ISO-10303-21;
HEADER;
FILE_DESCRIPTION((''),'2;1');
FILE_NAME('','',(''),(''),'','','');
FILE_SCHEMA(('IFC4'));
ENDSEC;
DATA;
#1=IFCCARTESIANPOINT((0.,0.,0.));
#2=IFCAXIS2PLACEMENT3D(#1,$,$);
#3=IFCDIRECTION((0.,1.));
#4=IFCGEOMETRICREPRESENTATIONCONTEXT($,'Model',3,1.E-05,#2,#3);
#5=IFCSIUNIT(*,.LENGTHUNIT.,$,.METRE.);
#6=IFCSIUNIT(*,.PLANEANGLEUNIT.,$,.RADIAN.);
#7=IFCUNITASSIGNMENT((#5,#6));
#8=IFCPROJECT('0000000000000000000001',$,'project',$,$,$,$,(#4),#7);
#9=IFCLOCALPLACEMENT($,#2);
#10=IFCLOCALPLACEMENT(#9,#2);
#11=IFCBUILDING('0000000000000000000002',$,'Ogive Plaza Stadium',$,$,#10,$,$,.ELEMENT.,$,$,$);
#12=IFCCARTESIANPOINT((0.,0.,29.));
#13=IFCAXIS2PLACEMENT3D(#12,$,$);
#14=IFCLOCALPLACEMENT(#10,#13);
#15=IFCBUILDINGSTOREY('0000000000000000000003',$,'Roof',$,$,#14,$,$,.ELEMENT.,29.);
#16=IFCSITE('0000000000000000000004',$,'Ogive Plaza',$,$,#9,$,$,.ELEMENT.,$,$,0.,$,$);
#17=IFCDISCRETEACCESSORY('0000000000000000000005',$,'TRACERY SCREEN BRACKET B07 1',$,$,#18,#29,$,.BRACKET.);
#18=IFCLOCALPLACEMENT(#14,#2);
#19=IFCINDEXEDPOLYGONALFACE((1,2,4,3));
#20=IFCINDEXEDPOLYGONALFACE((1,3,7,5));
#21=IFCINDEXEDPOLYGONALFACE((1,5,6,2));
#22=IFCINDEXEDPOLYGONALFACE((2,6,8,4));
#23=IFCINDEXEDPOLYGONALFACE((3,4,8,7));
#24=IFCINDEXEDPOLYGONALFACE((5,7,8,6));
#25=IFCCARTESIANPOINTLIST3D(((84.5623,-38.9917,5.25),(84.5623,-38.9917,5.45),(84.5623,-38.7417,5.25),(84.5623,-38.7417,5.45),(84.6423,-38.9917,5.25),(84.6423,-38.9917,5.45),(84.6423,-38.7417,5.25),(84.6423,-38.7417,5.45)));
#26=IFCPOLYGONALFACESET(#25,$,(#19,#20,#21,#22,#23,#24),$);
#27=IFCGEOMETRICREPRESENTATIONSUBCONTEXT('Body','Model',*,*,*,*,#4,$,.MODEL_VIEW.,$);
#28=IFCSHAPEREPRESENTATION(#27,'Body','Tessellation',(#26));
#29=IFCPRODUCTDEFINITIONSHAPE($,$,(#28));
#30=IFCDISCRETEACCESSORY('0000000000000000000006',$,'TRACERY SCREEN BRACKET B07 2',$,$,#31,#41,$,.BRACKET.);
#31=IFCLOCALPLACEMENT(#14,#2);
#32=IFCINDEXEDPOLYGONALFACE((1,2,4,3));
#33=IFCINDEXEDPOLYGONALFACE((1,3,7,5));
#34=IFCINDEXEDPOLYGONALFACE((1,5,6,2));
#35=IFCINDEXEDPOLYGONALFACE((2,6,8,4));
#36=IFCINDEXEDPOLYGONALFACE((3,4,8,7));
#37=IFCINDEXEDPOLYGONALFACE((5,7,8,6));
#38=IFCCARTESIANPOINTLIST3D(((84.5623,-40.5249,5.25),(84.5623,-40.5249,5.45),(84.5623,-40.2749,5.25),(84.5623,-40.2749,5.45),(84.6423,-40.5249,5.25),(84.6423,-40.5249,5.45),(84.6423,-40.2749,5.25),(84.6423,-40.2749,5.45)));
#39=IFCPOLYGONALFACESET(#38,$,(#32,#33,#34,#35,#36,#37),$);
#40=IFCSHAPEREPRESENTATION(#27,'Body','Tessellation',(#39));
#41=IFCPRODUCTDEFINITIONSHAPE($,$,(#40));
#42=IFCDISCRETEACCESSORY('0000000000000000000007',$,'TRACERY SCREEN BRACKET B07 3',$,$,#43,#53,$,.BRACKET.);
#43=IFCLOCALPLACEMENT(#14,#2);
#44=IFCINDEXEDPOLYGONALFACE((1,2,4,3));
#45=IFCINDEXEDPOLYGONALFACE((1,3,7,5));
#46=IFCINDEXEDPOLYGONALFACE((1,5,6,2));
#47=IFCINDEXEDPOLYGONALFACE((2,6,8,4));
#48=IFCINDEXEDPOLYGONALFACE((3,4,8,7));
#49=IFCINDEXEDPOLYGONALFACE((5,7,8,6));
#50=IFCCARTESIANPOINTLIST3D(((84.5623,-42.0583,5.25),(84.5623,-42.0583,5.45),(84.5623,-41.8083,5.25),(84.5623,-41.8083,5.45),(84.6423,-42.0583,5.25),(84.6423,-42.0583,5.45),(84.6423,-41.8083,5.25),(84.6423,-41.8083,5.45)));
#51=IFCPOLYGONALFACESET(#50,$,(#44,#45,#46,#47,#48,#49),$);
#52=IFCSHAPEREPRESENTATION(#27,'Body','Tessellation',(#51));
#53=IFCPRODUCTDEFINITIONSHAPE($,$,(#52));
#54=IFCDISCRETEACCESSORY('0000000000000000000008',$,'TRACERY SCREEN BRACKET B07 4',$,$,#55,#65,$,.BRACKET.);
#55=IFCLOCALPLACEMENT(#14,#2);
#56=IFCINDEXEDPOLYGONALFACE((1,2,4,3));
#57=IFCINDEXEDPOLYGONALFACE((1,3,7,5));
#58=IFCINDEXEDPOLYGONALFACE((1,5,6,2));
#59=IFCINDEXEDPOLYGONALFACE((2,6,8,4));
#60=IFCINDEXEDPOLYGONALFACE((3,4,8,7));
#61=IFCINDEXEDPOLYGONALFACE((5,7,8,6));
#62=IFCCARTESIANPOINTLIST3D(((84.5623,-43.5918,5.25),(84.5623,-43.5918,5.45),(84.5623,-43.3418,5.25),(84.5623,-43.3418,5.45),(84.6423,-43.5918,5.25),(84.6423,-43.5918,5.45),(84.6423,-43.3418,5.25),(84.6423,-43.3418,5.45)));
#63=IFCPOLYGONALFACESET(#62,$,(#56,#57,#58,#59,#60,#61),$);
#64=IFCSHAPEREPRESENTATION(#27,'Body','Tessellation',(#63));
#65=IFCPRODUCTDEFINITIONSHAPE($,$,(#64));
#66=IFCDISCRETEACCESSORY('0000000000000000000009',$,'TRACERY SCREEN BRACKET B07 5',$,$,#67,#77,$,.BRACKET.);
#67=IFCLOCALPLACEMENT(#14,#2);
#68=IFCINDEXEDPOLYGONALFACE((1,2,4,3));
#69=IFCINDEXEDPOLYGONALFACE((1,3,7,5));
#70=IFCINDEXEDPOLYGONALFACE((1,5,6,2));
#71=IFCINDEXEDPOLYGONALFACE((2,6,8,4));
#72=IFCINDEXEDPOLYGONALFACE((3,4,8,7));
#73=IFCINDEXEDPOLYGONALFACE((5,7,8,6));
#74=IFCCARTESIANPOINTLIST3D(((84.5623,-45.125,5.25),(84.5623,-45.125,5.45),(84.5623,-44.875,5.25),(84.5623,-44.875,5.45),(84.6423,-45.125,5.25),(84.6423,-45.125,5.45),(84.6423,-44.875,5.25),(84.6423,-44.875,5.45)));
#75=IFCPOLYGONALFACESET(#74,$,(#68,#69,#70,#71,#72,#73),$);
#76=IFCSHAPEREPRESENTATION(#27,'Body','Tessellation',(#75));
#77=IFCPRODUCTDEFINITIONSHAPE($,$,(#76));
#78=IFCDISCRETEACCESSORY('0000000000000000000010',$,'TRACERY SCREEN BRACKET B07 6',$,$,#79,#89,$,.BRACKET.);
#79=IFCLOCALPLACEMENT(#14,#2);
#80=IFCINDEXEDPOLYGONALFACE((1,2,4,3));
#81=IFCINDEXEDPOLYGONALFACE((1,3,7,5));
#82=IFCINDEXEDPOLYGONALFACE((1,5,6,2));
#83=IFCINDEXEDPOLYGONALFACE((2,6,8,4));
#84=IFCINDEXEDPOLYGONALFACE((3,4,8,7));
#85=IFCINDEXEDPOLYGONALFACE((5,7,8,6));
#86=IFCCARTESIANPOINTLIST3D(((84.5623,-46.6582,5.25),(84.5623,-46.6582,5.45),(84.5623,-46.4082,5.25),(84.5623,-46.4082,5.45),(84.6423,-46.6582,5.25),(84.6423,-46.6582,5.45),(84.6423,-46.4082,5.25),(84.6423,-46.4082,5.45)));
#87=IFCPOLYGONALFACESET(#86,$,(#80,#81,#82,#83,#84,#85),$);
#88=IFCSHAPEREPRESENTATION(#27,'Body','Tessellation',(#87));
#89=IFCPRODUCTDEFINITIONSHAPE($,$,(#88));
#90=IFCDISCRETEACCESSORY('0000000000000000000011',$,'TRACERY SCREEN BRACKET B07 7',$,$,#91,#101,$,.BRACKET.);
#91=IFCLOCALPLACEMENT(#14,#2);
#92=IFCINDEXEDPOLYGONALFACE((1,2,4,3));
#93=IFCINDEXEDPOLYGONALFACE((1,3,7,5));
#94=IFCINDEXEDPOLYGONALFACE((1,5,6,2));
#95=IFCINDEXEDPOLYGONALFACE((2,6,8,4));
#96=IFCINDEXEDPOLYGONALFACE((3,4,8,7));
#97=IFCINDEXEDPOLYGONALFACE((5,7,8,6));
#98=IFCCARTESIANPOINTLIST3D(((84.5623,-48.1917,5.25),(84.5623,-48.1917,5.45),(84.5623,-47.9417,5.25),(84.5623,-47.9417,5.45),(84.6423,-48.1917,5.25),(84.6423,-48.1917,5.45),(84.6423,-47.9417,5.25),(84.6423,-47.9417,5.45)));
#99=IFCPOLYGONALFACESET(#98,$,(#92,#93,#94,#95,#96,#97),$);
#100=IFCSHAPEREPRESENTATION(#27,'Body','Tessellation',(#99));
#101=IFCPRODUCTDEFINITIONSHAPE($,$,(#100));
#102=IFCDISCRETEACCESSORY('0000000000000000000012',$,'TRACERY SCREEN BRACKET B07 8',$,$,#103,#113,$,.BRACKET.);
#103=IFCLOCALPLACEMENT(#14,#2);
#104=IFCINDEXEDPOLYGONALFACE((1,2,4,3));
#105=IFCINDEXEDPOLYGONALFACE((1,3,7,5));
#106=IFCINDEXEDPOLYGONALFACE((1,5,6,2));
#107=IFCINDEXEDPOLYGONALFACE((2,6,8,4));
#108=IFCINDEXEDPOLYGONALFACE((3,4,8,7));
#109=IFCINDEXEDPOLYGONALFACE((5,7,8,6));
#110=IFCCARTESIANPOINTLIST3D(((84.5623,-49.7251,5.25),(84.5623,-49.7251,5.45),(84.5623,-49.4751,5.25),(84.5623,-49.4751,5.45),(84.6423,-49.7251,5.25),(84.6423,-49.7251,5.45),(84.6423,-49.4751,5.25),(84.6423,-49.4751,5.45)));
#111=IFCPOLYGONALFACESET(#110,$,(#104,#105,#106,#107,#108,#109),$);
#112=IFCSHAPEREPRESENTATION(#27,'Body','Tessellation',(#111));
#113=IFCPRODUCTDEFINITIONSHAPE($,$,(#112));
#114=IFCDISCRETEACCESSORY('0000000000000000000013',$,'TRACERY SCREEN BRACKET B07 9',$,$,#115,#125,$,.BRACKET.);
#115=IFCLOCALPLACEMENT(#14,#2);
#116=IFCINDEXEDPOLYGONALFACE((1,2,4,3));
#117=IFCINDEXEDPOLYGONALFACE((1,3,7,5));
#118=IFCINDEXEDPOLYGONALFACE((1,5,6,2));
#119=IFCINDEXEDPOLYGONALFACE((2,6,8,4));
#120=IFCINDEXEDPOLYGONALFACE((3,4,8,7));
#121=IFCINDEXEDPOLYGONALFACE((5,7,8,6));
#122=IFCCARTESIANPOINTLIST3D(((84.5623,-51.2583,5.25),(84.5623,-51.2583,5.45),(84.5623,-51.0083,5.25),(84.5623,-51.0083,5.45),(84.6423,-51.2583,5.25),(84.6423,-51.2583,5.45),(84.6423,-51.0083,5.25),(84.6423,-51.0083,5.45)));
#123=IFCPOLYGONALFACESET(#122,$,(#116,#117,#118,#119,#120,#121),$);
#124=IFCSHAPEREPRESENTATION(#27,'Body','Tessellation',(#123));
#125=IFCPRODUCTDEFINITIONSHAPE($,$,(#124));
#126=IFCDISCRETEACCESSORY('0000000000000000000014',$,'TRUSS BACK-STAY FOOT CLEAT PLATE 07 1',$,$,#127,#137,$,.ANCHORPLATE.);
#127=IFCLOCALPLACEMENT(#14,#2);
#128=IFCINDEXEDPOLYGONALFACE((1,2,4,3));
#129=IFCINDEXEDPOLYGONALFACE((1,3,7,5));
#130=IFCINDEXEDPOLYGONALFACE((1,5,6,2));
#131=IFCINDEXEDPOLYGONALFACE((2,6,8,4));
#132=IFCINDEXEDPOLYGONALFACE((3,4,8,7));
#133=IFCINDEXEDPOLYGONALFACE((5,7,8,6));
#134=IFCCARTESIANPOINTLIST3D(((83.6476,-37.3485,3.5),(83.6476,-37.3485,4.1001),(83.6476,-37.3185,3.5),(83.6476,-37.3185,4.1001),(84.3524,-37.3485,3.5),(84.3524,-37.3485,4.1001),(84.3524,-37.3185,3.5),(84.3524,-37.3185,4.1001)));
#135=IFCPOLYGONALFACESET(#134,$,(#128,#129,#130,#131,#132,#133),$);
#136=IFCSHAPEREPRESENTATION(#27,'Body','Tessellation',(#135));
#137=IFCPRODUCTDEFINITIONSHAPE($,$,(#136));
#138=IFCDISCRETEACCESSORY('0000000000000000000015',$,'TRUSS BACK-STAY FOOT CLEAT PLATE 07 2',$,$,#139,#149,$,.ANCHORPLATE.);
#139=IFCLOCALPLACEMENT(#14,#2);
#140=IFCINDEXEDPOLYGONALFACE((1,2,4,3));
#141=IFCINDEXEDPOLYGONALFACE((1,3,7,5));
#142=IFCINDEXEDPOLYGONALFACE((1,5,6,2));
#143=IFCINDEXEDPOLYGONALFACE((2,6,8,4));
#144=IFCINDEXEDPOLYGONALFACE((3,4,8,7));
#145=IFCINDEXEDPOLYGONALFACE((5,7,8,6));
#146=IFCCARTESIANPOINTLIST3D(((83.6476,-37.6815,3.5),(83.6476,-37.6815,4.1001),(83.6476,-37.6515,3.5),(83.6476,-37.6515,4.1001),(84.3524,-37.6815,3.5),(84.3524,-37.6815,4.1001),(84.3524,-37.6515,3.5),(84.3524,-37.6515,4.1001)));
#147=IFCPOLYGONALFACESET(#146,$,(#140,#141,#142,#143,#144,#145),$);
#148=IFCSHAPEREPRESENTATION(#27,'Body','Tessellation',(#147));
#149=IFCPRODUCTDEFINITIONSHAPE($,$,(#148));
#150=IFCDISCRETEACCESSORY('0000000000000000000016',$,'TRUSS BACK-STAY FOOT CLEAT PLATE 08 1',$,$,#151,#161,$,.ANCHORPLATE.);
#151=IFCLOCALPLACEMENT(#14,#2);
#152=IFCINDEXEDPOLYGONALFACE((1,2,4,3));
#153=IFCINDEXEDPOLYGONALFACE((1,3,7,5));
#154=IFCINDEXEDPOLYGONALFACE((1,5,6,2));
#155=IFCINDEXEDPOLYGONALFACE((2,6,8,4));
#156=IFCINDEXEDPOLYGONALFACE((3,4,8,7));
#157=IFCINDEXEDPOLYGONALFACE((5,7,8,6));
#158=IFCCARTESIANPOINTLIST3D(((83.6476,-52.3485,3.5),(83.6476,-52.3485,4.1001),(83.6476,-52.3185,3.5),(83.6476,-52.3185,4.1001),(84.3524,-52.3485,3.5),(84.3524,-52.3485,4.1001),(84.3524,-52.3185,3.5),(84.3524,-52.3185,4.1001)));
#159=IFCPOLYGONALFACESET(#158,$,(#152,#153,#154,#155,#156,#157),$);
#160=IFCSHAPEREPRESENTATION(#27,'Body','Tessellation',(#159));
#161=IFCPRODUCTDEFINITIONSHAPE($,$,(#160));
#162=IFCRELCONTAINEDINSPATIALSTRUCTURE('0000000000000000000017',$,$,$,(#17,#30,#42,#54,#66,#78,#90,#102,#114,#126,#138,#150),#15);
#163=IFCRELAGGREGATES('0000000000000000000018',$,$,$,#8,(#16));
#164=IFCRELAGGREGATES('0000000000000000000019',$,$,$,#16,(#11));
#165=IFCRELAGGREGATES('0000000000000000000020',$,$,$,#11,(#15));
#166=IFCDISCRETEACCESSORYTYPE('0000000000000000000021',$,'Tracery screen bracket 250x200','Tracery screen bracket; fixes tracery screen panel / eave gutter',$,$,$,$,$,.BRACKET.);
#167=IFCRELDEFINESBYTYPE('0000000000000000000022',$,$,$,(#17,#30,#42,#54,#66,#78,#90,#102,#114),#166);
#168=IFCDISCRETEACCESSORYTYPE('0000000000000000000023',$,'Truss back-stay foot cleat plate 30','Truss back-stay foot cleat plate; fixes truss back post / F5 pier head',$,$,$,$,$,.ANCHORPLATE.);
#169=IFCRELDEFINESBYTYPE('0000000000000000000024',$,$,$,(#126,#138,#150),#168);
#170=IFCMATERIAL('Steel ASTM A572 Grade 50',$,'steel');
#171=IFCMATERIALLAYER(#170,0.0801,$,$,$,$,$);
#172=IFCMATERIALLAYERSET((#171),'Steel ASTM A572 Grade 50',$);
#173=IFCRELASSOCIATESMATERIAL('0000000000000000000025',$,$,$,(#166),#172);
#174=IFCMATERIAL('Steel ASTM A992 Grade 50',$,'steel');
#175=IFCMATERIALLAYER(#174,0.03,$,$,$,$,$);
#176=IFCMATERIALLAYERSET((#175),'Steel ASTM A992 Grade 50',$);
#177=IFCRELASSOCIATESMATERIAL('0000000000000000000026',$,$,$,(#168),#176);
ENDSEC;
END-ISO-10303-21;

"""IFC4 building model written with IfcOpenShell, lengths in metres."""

from ifc_helpers import new_model, si_unit, direction, frame, origin, origin_2d, place, context, subcontext, project, spatial, rectangle, extrude, material, layer, layer_set, type_object, element, save


model = new_model("IFC4")

# Units and contexts
model_context = context("Model", 3, precision=1e-05, world=origin(), true_north=direction((0.0, 1.0)))
body_context = subcontext(model_context, "Body", "Model", "MODEL_VIEW")
ifc_project = project(units=[si_unit("LENGTHUNIT", "METRE"), si_unit("PLANEANGLEUNIT", "RADIAN")], contexts=[model_context])

# Site, building, storey
site_placement = place(None, origin())
site = spatial("IfcSite", under=ifc_project, at=site_placement, Name="Ogive Plaza", CompositionType="ELEMENT", RefElevation=0.0)
building_placement = place(site_placement, origin())
building = spatial("IfcBuilding", under=site, at=building_placement, Name="Ogive Plaza Stadium", CompositionType="ELEMENT")
storey_placement = place(building_placement, frame((0.0, 0.0, 29.0)))
storey = spatial("IfcBuildingStorey", under=building, at=storey_placement, Name="Roof", CompositionType="ELEMENT", Elevation=29.0)

# Discrete accessories
ifc_material_1 = material(Name="Steel ASTM A572 Grade 50", Category="steel")
ifc_layer_1 = layer(ifc_material_1, 0.0801)
ifc_layer_set_1 = layer_set([ifc_layer_1], Name="Steel ASTM A572 Grade 50")
discrete_accessory_type_1 = type_object("IfcDiscreteAccessoryType", Name="Tracery screen bracket 250x200", Description="Tracery screen bracket; fixes tracery screen panel / eave gutter", PredefinedType="BRACKET", material=ifc_layer_set_1)
for number, where, z_axis, x_axis, name in (
    (1, (84.6023, -38.8667, 5.25), (0.0, 0.0, 1.0), (0.0, -1.0, 0.0), "TRACERY SCREEN BRACKET B07 1"),
    (2, (84.6023, -40.3999, 5.25), (0.0, 0.0, 1.0), (0.0, -1.0, 0.0), "TRACERY SCREEN BRACKET B07 2"),
    (3, (84.6023, -41.9333, 5.25), (0.0, 0.0, 1.0), (0.0, -1.0, 0.0), "TRACERY SCREEN BRACKET B07 3"),
    (4, (84.6023, -43.4668, 5.25), (0.0, 0.0, 1.0), (0.0, -1.0, 0.0), "TRACERY SCREEN BRACKET B07 4"),
    (5, (84.6023, -45.0, 5.25), (0.0, 0.0, 1.0), (0.0, -1.0, 0.0), "TRACERY SCREEN BRACKET B07 5"),
    (6, (84.6023, -46.5332, 5.25), (0.0, 0.0, 1.0), (0.0, -1.0, 0.0), "TRACERY SCREEN BRACKET B07 6"),
    (7, (84.6023, -48.0667, 5.25), (0.0, 0.0, 1.0), (0.0, -1.0, 0.0), "TRACERY SCREEN BRACKET B07 7"),
    (8, (84.6023, -49.6001, 5.25), (0.0, 0.0, 1.0), (0.0, -1.0, 0.0), "TRACERY SCREEN BRACKET B07 8"),
    (9, (84.6023, -51.1333, 5.25), (0.0, 0.0, 1.0), (0.0, -1.0, 0.0), "TRACERY SCREEN BRACKET B07 9"),
):
    element("IfcDiscreteAccessory", number, at=place(storey_placement, frame(where, z_axis=z_axis, x_axis=x_axis)), inside=storey, type_object=discrete_accessory_type_1, Name=name, PredefinedType="BRACKET", context=body_context, shape_type="SweptSolid", body=[
        extrude(rectangle(XDim=0.25, YDim=0.0801, at=origin_2d()), origin(), (0.0, 0.0, 1.0), 0.2),
    ])
ifc_material_2 = material(Name="Steel ASTM A992 Grade 50", Category="steel")
ifc_layer_2 = layer(ifc_material_2, 0.03)
ifc_layer_set_2 = layer_set([ifc_layer_2], Name="Steel ASTM A992 Grade 50")
discrete_accessory_type_2 = type_object("IfcDiscreteAccessoryType", Name="Truss back-stay foot cleat plate 30", Description="Truss back-stay foot cleat plate; fixes truss back post / F5 pier head", PredefinedType="ANCHORPLATE", material=ifc_layer_set_2)
for number, where, z_axis, x_axis, name in (
    (10, (84.0, -37.3335, 3.5), (0.0, 0.0, 1.0), (1.0, 0.0, 0.0), "TRUSS BACK-STAY FOOT CLEAT PLATE 07 1"),
    (11, (84.0, -37.6665, 3.5), (0.0, 0.0, 1.0), (1.0, 0.0, 0.0), "TRUSS BACK-STAY FOOT CLEAT PLATE 07 2"),
    (12, (84.0, -52.3335, 3.5), (0.0, 0.0, 1.0), (1.0, 0.0, 0.0), "TRUSS BACK-STAY FOOT CLEAT PLATE 08 1"),
):
    element("IfcDiscreteAccessory", number, at=place(storey_placement, frame(where, z_axis=z_axis, x_axis=x_axis)), inside=storey, type_object=discrete_accessory_type_2, Name=name, PredefinedType="ANCHORPLATE", context=body_context, shape_type="SweptSolid", body=[
        extrude(rectangle(XDim=0.7048, YDim=0.03, at=origin_2d()), origin(), (0.0, 0.0, 1.0), 0.6001),
    ])

save(model, "model.ifc")
